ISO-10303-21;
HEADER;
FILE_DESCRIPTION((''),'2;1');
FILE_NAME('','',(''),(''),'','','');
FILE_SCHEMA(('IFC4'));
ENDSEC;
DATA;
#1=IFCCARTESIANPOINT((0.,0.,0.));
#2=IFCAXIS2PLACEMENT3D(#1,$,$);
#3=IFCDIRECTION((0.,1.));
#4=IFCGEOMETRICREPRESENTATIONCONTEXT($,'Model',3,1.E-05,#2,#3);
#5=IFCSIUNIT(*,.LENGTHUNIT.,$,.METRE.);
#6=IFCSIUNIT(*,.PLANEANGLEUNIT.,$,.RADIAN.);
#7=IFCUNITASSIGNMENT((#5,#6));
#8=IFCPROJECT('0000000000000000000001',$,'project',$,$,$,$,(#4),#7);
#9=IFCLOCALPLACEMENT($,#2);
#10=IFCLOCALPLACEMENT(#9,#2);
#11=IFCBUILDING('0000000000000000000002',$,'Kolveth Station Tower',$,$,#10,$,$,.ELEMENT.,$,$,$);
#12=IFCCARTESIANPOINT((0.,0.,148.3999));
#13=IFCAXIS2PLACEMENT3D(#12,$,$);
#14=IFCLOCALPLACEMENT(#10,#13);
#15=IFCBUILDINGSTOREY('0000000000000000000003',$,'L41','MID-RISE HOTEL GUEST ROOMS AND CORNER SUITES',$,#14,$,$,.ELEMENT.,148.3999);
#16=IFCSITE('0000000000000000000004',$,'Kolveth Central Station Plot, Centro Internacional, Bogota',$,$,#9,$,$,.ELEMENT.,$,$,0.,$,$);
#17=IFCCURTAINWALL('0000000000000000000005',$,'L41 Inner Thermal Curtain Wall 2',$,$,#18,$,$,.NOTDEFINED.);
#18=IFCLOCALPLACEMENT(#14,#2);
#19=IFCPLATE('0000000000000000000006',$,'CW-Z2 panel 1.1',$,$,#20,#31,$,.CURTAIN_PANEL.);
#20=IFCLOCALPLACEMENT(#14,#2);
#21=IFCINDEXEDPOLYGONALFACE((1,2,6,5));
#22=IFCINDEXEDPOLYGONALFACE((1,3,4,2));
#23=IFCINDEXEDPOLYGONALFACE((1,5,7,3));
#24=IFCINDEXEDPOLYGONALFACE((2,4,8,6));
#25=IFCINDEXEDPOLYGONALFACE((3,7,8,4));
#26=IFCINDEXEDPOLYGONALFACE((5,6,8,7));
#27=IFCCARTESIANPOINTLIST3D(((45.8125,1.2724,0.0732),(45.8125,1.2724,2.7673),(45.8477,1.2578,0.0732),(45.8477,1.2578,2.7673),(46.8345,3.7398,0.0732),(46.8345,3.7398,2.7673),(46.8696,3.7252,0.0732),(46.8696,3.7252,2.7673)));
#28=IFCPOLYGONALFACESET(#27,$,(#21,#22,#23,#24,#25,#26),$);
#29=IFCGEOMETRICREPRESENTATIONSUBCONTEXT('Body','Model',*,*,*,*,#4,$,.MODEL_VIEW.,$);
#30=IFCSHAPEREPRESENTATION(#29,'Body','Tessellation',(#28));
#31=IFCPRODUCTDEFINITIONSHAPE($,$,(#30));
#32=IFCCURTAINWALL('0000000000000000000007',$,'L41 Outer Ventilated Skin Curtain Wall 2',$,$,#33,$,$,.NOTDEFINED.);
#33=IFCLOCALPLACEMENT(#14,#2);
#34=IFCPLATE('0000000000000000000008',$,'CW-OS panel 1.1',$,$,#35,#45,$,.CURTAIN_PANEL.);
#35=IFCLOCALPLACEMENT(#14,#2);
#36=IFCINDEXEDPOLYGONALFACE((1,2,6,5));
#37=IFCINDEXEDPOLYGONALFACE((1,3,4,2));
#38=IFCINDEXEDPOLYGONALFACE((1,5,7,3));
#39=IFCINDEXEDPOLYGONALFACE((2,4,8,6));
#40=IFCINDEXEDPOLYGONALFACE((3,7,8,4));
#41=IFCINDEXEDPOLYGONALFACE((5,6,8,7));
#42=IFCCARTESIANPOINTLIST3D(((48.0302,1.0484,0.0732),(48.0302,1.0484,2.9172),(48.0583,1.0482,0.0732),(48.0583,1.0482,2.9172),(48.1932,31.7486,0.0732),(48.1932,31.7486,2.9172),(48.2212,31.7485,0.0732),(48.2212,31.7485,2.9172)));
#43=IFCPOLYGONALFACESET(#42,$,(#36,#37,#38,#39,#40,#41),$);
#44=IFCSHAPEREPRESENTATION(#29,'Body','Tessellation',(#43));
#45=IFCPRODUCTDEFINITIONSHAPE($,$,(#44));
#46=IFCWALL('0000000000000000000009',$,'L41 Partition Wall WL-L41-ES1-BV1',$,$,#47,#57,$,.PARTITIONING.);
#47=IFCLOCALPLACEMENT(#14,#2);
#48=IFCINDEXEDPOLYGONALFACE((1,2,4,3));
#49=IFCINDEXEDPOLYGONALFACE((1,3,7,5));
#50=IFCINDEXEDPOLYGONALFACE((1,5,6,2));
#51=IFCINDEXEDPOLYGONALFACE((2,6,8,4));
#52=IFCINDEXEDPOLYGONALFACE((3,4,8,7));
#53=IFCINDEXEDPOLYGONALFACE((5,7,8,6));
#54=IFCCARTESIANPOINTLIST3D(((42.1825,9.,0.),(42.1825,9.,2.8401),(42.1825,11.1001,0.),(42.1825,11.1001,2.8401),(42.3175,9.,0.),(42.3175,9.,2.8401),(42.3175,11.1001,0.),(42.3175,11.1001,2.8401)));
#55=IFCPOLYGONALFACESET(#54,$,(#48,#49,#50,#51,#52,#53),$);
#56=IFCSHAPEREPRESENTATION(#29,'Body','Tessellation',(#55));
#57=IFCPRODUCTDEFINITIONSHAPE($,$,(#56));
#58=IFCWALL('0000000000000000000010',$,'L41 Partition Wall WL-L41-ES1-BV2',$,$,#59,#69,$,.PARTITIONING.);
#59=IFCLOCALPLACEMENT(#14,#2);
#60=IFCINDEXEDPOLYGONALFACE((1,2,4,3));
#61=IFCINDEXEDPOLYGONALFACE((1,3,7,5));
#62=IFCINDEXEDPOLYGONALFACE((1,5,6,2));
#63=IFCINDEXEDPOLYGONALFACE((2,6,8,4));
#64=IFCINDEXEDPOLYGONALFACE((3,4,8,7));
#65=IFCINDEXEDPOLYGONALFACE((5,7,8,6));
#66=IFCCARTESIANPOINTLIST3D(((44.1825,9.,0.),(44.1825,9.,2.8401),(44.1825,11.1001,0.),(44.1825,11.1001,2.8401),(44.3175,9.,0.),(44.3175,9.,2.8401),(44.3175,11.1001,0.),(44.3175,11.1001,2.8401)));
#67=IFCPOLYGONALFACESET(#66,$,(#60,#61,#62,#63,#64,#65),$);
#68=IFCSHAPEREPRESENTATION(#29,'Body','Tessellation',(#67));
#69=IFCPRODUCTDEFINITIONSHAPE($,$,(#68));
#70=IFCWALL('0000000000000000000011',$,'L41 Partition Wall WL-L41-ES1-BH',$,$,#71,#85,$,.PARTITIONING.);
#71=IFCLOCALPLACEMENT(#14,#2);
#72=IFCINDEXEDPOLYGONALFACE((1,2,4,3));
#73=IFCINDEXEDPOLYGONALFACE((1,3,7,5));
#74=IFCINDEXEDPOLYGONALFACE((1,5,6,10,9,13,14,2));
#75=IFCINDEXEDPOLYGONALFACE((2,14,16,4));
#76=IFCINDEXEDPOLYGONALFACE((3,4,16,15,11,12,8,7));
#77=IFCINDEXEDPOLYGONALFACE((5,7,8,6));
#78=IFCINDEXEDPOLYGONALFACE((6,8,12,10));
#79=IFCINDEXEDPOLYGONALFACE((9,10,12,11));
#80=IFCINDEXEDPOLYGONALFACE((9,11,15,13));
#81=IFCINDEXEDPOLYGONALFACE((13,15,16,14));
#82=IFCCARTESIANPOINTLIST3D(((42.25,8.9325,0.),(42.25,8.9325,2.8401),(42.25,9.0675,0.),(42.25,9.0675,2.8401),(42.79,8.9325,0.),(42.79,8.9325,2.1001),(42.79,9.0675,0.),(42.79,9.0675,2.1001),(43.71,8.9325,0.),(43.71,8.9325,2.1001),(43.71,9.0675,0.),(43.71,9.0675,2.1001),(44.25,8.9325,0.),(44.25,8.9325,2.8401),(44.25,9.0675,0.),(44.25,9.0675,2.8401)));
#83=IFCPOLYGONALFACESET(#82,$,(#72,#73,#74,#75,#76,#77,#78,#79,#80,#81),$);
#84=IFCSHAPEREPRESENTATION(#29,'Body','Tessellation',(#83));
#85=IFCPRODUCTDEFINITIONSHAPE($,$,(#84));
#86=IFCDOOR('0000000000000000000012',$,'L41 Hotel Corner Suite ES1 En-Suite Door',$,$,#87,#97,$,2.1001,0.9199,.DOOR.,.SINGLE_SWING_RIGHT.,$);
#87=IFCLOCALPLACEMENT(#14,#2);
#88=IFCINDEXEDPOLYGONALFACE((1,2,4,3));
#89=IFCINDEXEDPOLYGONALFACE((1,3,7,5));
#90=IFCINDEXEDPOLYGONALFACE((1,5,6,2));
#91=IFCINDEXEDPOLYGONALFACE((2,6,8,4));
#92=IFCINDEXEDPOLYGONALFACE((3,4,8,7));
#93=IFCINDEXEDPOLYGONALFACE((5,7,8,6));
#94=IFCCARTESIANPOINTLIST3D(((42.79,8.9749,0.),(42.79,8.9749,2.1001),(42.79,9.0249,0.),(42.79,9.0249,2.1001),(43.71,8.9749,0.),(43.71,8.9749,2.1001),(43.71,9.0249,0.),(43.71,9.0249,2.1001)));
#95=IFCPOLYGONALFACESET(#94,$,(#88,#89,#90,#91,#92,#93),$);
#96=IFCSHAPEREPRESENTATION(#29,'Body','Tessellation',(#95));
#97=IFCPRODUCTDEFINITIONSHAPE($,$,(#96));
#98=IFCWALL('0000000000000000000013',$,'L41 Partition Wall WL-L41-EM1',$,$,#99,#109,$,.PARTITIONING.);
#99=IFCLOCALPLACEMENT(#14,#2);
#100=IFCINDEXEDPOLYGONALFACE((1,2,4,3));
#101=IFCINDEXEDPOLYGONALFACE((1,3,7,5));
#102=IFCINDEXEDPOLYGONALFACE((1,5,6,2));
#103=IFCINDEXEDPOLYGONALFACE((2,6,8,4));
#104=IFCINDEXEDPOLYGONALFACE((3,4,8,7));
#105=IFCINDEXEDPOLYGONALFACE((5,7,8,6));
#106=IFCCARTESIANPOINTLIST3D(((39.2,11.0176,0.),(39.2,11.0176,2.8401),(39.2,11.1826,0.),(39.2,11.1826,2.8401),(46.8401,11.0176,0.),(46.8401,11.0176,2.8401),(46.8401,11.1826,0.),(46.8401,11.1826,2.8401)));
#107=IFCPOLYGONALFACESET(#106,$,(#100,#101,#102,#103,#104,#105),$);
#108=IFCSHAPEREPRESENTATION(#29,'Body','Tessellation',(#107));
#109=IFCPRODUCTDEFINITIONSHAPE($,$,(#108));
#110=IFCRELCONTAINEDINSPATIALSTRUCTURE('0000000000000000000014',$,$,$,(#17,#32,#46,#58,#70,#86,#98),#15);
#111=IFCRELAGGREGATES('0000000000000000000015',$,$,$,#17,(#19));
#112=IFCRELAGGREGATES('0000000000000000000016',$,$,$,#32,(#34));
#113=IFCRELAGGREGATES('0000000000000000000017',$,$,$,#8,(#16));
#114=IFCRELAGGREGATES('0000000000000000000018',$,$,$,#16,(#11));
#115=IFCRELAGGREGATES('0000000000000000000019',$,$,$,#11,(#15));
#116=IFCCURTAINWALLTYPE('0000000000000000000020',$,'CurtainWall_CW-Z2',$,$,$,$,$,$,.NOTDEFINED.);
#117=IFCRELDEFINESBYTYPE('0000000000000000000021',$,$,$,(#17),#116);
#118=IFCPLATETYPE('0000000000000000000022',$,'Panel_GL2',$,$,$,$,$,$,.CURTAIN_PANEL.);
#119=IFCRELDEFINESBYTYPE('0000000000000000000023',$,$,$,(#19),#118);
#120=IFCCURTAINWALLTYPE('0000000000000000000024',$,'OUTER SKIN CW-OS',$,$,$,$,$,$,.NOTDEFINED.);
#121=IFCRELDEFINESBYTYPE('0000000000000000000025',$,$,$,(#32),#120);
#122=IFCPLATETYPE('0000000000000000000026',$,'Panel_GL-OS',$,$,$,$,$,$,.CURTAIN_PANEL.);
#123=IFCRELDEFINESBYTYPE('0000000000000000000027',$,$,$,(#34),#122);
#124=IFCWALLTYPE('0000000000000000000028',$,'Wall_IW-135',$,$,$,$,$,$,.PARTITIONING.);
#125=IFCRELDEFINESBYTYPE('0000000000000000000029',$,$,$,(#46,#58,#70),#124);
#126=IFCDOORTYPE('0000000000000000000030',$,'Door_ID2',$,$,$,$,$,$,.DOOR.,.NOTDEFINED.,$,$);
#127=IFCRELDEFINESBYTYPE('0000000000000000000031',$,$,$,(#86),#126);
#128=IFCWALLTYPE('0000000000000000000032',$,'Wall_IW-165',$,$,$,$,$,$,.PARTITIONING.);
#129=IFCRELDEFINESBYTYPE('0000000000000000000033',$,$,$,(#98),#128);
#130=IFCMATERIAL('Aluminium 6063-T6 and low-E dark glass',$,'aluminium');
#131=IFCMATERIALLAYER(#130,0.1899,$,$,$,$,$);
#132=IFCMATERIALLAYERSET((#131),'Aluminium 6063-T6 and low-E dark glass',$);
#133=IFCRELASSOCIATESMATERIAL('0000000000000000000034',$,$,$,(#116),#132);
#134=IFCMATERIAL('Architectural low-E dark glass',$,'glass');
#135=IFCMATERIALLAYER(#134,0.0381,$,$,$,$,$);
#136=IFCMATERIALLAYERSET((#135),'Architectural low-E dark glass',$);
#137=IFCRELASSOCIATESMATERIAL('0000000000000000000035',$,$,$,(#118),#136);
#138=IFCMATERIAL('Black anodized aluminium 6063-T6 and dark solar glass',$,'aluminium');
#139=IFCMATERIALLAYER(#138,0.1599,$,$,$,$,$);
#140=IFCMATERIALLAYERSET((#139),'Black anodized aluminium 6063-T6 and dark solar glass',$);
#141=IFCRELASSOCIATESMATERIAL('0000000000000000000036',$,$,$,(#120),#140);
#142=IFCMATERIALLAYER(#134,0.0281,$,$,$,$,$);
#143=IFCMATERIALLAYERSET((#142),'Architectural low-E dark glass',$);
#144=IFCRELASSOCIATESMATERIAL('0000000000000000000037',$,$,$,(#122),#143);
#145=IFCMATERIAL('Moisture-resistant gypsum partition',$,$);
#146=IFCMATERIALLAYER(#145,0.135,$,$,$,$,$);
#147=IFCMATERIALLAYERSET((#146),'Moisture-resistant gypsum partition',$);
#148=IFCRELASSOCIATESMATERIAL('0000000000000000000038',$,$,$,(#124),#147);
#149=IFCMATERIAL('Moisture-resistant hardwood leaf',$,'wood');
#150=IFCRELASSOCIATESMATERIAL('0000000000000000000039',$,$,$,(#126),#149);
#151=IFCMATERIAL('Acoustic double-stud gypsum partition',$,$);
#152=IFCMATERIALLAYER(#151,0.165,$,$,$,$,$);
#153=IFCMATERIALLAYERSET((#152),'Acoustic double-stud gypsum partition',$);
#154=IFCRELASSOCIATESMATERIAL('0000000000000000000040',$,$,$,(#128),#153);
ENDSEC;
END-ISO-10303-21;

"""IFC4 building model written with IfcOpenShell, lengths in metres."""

from ifc_helpers import new_model, si_unit, direction, frame, frame_2d, origin, origin_2d, place, context, subcontext, project, spatial, rectangle, extrude, source, transform, mapped, material, layer, layer_set, type_object, element, fill, aggregate, save


model = new_model("IFC4")

# Units and contexts
model_context = context("Model", 3, precision=1e-05, world=origin(), true_north=direction((0.0, 1.0)))
body_context = subcontext(model_context, "Body", "Model", "MODEL_VIEW")
ifc_project = project(units=[si_unit("LENGTHUNIT", "METRE"), si_unit("PLANEANGLEUNIT", "RADIAN")], contexts=[model_context])

# Site, building, storey
site_placement = place(None, origin())
site = spatial("IfcSite", under=ifc_project, at=site_placement, Name="Kolveth Central Station Plot, Centro Internacional, Bogota", CompositionType="ELEMENT", RefElevation=0.0)
building_placement = place(site_placement, origin())
building = spatial("IfcBuilding", under=site, at=building_placement, Name="Kolveth Station Tower", CompositionType="ELEMENT")
storey_placement = place(building_placement, frame((0.0, 0.0, 148.3999)))
storey = spatial("IfcBuildingStorey", under=building, at=storey_placement, Name="L41", Description="MID-RISE HOTEL GUEST ROOMS AND CORNER SUITES", CompositionType="ELEMENT", Elevation=148.3999)

# Curtain wall
ifc_material_1 = material(Name="Aluminium 6063-T6 and low-E dark glass", Category="aluminium")
ifc_layer_1 = layer(ifc_material_1, 0.1899)
ifc_layer_set_1 = layer_set([ifc_layer_1], Name="Aluminium 6063-T6 and low-E dark glass")
curtain_wall_type_1 = type_object("IfcCurtainWallType", Name="CurtainWall_CW-Z2", PredefinedType="NOTDEFINED", material=ifc_layer_set_1)
curtain_wall_1_placement = place(storey_placement, origin())
curtain_wall_1 = element("IfcCurtainWall", 1, at=curtain_wall_1_placement, inside=storey, type_object=curtain_wall_type_1, Name="L41 Inner Thermal Curtain Wall 2", PredefinedType="NOTDEFINED")

# Plate
ifc_material_2 = material(Name="Architectural low-E dark glass", Category="glass")
ifc_layer_2 = layer(ifc_material_2, 0.0381)
ifc_layer_set_2 = layer_set([ifc_layer_2], Name="Architectural low-E dark glass")
plate_type_1 = type_object("IfcPlateType", Name="Panel_GL2", PredefinedType="CURTAIN_PANEL", material=ifc_layer_set_2)
shared_shape_1 = source(origin(), body_context, "Body", "SweptSolid", [
    extrude(rectangle(XDim=2.6707, YDim=0.0381, at=origin_2d()), origin(), (0.0, 0.0, 1.0), 2.6941),
])
plate_1_placement = place(storey_placement, frame((46.3411, 2.4988, 0.0732), z_axis=(0.0, 0.0, 1.0), x_axis=(0.382663, 0.923888, 0.0)))
plate_1 = element("IfcPlate", 2, at=plate_1_placement, type_object=plate_type_1, Name="CW-Z2 panel 1.1", PredefinedType="CURTAIN_PANEL", context=body_context, shape_type="MappedRepresentation", body=[
    mapped(shared_shape_1, transform((0.0, 0.0, 0.0), x_axis=(1.0, 0.0, 0.0), y_axis=(0.0, 1.0, 0.0), z_axis=(0.0, 0.0, 1.0), scale=1.0)),
])
aggregate(curtain_wall_1, [plate_1])

# Curtain wall, plate
ifc_material_3 = material(Name="Black anodized aluminium 6063-T6 and dark solar glass", Category="aluminium")
ifc_layer_3 = layer(ifc_material_3, 0.1599)
ifc_layer_set_3 = layer_set([ifc_layer_3], Name="Black anodized aluminium 6063-T6 and dark solar glass")
curtain_wall_type_2 = type_object("IfcCurtainWallType", Name="OUTER SKIN CW-OS", PredefinedType="NOTDEFINED", material=ifc_layer_set_3)
curtain_wall_2_placement = place(storey_placement, origin())
curtain_wall_2 = element("IfcCurtainWall", 3, at=curtain_wall_2_placement, inside=storey, type_object=curtain_wall_type_2, Name="L41 Outer Ventilated Skin Curtain Wall 2", PredefinedType="NOTDEFINED")
ifc_layer_4 = layer(ifc_material_2, 0.0281)
ifc_layer_set_4 = layer_set([ifc_layer_4], Name="Architectural low-E dark glass")
plate_type_2 = type_object("IfcPlateType", Name="Panel_GL-OS", PredefinedType="CURTAIN_PANEL", material=ifc_layer_set_4)
shared_shape_2 = source(origin(), body_context, "Body", "SweptSolid", [
    extrude(rectangle(XDim=30.7007, YDim=0.0281, at=origin_2d()), origin(), (0.0, 0.0, 1.0), 2.844),
])
plate_2_placement = place(storey_placement, frame((48.1257, 16.3984, 0.0732), z_axis=(0.0, 0.0, 1.0), x_axis=(0.005307, 0.999986, 0.0)))
plate_2 = element("IfcPlate", 4, at=plate_2_placement, type_object=plate_type_2, Name="CW-OS panel 1.1", PredefinedType="CURTAIN_PANEL", context=body_context, shape_type="MappedRepresentation", body=[
    mapped(shared_shape_2, transform((0.0, 0.0, 0.0), x_axis=(1.0, 0.0, 0.0), y_axis=(0.0, 1.0, 0.0), z_axis=(0.0, 0.0, 1.0), scale=1.0)),
])
aggregate(curtain_wall_2, [plate_2])

# Walls
ifc_material_4 = material(Name="Moisture-resistant gypsum partition")
ifc_layer_5 = layer(ifc_material_4, 0.135)
ifc_layer_set_5 = layer_set([ifc_layer_5], Name="Moisture-resistant gypsum partition")
wall_type_1 = type_object("IfcWallType", Name="Wall_IW-135", PredefinedType="PARTITIONING", material=ifc_layer_set_5)
for number, where, z_axis, x_axis, name in (
    (5, (42.25, 9.0, 0.0), (0.0, 0.0, 1.0), (0.0, 1.0, 0.0), "L41 Partition Wall WL-L41-ES1-BV1"),
    (6, (44.25, 9.0, 0.0), (0.0, 0.0, 1.0), (0.0, 1.0, 0.0), "L41 Partition Wall WL-L41-ES1-BV2"),
):
    element("IfcWall", number, at=place(storey_placement, frame(where, z_axis=z_axis, x_axis=x_axis)), inside=storey, type_object=wall_type_1, Name=name, PredefinedType="PARTITIONING", context=body_context, shape_type="SweptSolid", body=[
        extrude(rectangle(XDim=2.1001, YDim=0.135, at=frame_2d((1.05, 0.0))), origin(), (0.0, 0.0, 1.0), 2.8401),
    ])

# Wall, opening, door
wall_1_placement = place(storey_placement, frame((42.25, 9.0, 0.0), z_axis=(0.0, 0.0, 1.0), x_axis=(1.0, 0.0, 0.0)))
wall_1 = element("IfcWall", 7, at=wall_1_placement, inside=storey, type_object=wall_type_1, Name="L41 Partition Wall WL-L41-ES1-BH", PredefinedType="PARTITIONING", context=body_context, shape_type="SweptSolid", body=[
    extrude(rectangle(XDim=2.0, YDim=0.135, at=frame_2d((1.0, 0.0))), origin(), (0.0, 0.0, 1.0), 2.8401),
])
opening_placement = place(wall_1_placement, frame((0.54, 0.0, 0.0)))
opening = element("IfcOpeningElement", 8, at=opening_placement, cuts=wall_1, PredefinedType="OPENING", context=body_context, shape_type="SweptSolid", body=[
    extrude(rectangle(XDim=0.9199, YDim=2.1001, at=frame_2d((0.46, 1.05))), frame((0.0, 0.0774, 0.0), z_axis=(0.0, -1.0, 0.0), x_axis=(1.0, 0.0, 0.0)), (0.0, 0.0, 1.0), 0.155),
])
ifc_material_5 = material(Name="Moisture-resistant hardwood leaf", Category="wood")
door_type = type_object("IfcDoorType", Name="Door_ID2", OperationType="NOTDEFINED", PredefinedType="DOOR", material=ifc_material_5)
door_placement = place(opening_placement, origin())
door = element("IfcDoor", 9, at=door_placement, inside=storey, type_object=door_type, Name="L41 Hotel Corner Suite ES1 En-Suite Door", OperationType="SINGLE_SWING_RIGHT", OverallHeight=2.1001, OverallWidth=0.9199, PredefinedType="DOOR", context=body_context, shape_type="SweptSolid", body=[
    extrude(rectangle(XDim=0.9199, YDim=2.1001, at=frame_2d((0.46, 1.05))), frame((0.0, 0.0249, 0.0), z_axis=(0.0, -1.0, 0.0), x_axis=(1.0, 0.0, 0.0)), (0.0, 0.0, 1.0), 0.05),
])
fill(opening, door)

# Wall
ifc_material_6 = material(Name="Acoustic double-stud gypsum partition")
ifc_layer_6 = layer(ifc_material_6, 0.165)
ifc_layer_set_6 = layer_set([ifc_layer_6], Name="Acoustic double-stud gypsum partition")
wall_type_2 = type_object("IfcWallType", Name="Wall_IW-165", PredefinedType="PARTITIONING", material=ifc_layer_set_6)
wall_2_placement = place(storey_placement, frame((39.2, 11.1001, 0.0), z_axis=(0.0, 0.0, 1.0), x_axis=(1.0, 0.0, 0.0)))
element("IfcWall", 10, at=wall_2_placement, inside=storey, type_object=wall_type_2, Name="L41 Partition Wall WL-L41-EM1", PredefinedType="PARTITIONING", context=body_context, shape_type="SweptSolid", body=[
    extrude(rectangle(XDim=7.6401, YDim=0.165, at=frame_2d((3.8201, 0.0))), origin(), (0.0, 0.0, 1.0), 2.8401),
])

save(model, "model.ifc")
